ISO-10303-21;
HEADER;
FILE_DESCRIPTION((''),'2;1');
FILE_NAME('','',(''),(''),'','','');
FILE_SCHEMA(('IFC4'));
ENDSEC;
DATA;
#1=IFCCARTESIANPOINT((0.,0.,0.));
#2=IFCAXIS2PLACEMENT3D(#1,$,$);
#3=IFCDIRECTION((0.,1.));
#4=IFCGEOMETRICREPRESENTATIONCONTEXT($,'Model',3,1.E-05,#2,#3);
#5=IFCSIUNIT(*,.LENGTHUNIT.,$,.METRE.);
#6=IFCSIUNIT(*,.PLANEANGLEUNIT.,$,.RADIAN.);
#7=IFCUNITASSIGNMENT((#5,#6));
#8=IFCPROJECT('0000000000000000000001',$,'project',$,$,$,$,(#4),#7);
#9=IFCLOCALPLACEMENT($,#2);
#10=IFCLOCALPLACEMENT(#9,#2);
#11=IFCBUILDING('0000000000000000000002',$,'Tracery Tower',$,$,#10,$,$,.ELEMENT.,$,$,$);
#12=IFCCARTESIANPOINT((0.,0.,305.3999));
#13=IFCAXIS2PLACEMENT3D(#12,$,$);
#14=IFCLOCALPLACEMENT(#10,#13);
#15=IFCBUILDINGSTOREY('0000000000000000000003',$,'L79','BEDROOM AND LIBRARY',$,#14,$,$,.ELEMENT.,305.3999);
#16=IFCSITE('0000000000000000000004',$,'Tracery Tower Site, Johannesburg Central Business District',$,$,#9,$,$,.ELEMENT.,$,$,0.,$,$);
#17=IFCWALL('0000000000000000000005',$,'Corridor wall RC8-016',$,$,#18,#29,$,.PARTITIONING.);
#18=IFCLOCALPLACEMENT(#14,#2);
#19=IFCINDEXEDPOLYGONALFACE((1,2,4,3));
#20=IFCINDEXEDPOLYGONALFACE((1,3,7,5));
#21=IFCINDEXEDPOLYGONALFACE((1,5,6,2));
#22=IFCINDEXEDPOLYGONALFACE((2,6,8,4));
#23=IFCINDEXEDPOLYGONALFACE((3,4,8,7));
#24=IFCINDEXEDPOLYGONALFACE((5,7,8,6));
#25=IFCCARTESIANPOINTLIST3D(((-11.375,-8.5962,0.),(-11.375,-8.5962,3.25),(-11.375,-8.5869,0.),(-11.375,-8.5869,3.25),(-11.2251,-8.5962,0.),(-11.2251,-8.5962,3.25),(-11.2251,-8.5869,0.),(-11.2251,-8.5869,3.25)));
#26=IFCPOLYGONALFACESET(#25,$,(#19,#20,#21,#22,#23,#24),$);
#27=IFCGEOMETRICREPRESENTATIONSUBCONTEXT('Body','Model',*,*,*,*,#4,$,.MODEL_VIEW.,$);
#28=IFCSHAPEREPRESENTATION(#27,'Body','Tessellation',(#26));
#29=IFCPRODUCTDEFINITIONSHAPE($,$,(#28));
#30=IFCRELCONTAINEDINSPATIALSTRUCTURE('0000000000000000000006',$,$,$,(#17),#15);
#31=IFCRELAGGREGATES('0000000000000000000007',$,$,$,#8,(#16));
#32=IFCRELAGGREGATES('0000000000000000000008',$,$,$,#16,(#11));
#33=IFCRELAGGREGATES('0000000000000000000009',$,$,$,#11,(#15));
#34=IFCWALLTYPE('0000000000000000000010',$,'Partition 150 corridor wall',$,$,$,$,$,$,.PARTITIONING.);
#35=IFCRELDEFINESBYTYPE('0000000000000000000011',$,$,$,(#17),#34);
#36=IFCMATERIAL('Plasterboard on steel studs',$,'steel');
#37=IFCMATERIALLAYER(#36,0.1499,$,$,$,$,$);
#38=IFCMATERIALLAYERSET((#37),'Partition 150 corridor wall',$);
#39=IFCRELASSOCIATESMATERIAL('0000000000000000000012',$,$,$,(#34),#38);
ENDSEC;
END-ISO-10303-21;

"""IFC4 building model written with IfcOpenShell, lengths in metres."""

from ifc_helpers import new_model, si_unit, direction, frame, frame_2d, origin, place, context, subcontext, project, spatial, rectangle, extrude, material, layer, layer_set, type_object, element, save


model = new_model("IFC4")

# Units and contexts
model_context = context("Model", 3, precision=1e-05, world=origin(), true_north=direction((0.0, 1.0)))
body_context = subcontext(model_context, "Body", "Model", "MODEL_VIEW")
ifc_project = project(units=[si_unit("LENGTHUNIT", "METRE"), si_unit("PLANEANGLEUNIT", "RADIAN")], contexts=[model_context])

# Site, building, storey
site_placement = place(None, origin())
site = spatial("IfcSite", under=ifc_project, at=site_placement, Name="Tracery Tower Site, Johannesburg Central Business District", CompositionType="ELEMENT", RefElevation=0.0)
building_placement = place(site_placement, origin())
building = spatial("IfcBuilding", under=site, at=building_placement, Name="Tracery Tower", CompositionType="ELEMENT")
storey_placement = place(building_placement, frame((0.0, 0.0, 305.3999)))
storey = spatial("IfcBuildingStorey", under=building, at=storey_placement, Name="L79", Description="BEDROOM AND LIBRARY", CompositionType="ELEMENT", Elevation=305.3999)

# Wall
ifc_material_1 = material(Name="Plasterboard on steel studs", Category="steel")
ifc_layer_1 = layer(ifc_material_1, 0.1499)
ifc_layer_set_1 = layer_set([ifc_layer_1], Name="Partition 150 corridor wall")
wall_type_1 = type_object("IfcWallType", Name="Partition 150 corridor wall", PredefinedType="PARTITIONING", material=ifc_layer_set_1)
wall_1_placement = place(storey_placement, frame((-11.3, -8.5962, 0.0), z_axis=(0.0, 0.0, 1.0), x_axis=(0.0, 1.0, 0.0)))
element("IfcWall", 1, at=wall_1_placement, inside=storey, type_object=wall_type_1, Name="Corridor wall RC8-016", PredefinedType="PARTITIONING", context=body_context, shape_type="SweptSolid", body=[
    extrude(rectangle(XDim=0.0093, YDim=0.1499, at=frame_2d((0.0046, 0.0))), origin(), (0.0, 0.0, 1.0), 3.25),
])

save(model, "model.ifc")
